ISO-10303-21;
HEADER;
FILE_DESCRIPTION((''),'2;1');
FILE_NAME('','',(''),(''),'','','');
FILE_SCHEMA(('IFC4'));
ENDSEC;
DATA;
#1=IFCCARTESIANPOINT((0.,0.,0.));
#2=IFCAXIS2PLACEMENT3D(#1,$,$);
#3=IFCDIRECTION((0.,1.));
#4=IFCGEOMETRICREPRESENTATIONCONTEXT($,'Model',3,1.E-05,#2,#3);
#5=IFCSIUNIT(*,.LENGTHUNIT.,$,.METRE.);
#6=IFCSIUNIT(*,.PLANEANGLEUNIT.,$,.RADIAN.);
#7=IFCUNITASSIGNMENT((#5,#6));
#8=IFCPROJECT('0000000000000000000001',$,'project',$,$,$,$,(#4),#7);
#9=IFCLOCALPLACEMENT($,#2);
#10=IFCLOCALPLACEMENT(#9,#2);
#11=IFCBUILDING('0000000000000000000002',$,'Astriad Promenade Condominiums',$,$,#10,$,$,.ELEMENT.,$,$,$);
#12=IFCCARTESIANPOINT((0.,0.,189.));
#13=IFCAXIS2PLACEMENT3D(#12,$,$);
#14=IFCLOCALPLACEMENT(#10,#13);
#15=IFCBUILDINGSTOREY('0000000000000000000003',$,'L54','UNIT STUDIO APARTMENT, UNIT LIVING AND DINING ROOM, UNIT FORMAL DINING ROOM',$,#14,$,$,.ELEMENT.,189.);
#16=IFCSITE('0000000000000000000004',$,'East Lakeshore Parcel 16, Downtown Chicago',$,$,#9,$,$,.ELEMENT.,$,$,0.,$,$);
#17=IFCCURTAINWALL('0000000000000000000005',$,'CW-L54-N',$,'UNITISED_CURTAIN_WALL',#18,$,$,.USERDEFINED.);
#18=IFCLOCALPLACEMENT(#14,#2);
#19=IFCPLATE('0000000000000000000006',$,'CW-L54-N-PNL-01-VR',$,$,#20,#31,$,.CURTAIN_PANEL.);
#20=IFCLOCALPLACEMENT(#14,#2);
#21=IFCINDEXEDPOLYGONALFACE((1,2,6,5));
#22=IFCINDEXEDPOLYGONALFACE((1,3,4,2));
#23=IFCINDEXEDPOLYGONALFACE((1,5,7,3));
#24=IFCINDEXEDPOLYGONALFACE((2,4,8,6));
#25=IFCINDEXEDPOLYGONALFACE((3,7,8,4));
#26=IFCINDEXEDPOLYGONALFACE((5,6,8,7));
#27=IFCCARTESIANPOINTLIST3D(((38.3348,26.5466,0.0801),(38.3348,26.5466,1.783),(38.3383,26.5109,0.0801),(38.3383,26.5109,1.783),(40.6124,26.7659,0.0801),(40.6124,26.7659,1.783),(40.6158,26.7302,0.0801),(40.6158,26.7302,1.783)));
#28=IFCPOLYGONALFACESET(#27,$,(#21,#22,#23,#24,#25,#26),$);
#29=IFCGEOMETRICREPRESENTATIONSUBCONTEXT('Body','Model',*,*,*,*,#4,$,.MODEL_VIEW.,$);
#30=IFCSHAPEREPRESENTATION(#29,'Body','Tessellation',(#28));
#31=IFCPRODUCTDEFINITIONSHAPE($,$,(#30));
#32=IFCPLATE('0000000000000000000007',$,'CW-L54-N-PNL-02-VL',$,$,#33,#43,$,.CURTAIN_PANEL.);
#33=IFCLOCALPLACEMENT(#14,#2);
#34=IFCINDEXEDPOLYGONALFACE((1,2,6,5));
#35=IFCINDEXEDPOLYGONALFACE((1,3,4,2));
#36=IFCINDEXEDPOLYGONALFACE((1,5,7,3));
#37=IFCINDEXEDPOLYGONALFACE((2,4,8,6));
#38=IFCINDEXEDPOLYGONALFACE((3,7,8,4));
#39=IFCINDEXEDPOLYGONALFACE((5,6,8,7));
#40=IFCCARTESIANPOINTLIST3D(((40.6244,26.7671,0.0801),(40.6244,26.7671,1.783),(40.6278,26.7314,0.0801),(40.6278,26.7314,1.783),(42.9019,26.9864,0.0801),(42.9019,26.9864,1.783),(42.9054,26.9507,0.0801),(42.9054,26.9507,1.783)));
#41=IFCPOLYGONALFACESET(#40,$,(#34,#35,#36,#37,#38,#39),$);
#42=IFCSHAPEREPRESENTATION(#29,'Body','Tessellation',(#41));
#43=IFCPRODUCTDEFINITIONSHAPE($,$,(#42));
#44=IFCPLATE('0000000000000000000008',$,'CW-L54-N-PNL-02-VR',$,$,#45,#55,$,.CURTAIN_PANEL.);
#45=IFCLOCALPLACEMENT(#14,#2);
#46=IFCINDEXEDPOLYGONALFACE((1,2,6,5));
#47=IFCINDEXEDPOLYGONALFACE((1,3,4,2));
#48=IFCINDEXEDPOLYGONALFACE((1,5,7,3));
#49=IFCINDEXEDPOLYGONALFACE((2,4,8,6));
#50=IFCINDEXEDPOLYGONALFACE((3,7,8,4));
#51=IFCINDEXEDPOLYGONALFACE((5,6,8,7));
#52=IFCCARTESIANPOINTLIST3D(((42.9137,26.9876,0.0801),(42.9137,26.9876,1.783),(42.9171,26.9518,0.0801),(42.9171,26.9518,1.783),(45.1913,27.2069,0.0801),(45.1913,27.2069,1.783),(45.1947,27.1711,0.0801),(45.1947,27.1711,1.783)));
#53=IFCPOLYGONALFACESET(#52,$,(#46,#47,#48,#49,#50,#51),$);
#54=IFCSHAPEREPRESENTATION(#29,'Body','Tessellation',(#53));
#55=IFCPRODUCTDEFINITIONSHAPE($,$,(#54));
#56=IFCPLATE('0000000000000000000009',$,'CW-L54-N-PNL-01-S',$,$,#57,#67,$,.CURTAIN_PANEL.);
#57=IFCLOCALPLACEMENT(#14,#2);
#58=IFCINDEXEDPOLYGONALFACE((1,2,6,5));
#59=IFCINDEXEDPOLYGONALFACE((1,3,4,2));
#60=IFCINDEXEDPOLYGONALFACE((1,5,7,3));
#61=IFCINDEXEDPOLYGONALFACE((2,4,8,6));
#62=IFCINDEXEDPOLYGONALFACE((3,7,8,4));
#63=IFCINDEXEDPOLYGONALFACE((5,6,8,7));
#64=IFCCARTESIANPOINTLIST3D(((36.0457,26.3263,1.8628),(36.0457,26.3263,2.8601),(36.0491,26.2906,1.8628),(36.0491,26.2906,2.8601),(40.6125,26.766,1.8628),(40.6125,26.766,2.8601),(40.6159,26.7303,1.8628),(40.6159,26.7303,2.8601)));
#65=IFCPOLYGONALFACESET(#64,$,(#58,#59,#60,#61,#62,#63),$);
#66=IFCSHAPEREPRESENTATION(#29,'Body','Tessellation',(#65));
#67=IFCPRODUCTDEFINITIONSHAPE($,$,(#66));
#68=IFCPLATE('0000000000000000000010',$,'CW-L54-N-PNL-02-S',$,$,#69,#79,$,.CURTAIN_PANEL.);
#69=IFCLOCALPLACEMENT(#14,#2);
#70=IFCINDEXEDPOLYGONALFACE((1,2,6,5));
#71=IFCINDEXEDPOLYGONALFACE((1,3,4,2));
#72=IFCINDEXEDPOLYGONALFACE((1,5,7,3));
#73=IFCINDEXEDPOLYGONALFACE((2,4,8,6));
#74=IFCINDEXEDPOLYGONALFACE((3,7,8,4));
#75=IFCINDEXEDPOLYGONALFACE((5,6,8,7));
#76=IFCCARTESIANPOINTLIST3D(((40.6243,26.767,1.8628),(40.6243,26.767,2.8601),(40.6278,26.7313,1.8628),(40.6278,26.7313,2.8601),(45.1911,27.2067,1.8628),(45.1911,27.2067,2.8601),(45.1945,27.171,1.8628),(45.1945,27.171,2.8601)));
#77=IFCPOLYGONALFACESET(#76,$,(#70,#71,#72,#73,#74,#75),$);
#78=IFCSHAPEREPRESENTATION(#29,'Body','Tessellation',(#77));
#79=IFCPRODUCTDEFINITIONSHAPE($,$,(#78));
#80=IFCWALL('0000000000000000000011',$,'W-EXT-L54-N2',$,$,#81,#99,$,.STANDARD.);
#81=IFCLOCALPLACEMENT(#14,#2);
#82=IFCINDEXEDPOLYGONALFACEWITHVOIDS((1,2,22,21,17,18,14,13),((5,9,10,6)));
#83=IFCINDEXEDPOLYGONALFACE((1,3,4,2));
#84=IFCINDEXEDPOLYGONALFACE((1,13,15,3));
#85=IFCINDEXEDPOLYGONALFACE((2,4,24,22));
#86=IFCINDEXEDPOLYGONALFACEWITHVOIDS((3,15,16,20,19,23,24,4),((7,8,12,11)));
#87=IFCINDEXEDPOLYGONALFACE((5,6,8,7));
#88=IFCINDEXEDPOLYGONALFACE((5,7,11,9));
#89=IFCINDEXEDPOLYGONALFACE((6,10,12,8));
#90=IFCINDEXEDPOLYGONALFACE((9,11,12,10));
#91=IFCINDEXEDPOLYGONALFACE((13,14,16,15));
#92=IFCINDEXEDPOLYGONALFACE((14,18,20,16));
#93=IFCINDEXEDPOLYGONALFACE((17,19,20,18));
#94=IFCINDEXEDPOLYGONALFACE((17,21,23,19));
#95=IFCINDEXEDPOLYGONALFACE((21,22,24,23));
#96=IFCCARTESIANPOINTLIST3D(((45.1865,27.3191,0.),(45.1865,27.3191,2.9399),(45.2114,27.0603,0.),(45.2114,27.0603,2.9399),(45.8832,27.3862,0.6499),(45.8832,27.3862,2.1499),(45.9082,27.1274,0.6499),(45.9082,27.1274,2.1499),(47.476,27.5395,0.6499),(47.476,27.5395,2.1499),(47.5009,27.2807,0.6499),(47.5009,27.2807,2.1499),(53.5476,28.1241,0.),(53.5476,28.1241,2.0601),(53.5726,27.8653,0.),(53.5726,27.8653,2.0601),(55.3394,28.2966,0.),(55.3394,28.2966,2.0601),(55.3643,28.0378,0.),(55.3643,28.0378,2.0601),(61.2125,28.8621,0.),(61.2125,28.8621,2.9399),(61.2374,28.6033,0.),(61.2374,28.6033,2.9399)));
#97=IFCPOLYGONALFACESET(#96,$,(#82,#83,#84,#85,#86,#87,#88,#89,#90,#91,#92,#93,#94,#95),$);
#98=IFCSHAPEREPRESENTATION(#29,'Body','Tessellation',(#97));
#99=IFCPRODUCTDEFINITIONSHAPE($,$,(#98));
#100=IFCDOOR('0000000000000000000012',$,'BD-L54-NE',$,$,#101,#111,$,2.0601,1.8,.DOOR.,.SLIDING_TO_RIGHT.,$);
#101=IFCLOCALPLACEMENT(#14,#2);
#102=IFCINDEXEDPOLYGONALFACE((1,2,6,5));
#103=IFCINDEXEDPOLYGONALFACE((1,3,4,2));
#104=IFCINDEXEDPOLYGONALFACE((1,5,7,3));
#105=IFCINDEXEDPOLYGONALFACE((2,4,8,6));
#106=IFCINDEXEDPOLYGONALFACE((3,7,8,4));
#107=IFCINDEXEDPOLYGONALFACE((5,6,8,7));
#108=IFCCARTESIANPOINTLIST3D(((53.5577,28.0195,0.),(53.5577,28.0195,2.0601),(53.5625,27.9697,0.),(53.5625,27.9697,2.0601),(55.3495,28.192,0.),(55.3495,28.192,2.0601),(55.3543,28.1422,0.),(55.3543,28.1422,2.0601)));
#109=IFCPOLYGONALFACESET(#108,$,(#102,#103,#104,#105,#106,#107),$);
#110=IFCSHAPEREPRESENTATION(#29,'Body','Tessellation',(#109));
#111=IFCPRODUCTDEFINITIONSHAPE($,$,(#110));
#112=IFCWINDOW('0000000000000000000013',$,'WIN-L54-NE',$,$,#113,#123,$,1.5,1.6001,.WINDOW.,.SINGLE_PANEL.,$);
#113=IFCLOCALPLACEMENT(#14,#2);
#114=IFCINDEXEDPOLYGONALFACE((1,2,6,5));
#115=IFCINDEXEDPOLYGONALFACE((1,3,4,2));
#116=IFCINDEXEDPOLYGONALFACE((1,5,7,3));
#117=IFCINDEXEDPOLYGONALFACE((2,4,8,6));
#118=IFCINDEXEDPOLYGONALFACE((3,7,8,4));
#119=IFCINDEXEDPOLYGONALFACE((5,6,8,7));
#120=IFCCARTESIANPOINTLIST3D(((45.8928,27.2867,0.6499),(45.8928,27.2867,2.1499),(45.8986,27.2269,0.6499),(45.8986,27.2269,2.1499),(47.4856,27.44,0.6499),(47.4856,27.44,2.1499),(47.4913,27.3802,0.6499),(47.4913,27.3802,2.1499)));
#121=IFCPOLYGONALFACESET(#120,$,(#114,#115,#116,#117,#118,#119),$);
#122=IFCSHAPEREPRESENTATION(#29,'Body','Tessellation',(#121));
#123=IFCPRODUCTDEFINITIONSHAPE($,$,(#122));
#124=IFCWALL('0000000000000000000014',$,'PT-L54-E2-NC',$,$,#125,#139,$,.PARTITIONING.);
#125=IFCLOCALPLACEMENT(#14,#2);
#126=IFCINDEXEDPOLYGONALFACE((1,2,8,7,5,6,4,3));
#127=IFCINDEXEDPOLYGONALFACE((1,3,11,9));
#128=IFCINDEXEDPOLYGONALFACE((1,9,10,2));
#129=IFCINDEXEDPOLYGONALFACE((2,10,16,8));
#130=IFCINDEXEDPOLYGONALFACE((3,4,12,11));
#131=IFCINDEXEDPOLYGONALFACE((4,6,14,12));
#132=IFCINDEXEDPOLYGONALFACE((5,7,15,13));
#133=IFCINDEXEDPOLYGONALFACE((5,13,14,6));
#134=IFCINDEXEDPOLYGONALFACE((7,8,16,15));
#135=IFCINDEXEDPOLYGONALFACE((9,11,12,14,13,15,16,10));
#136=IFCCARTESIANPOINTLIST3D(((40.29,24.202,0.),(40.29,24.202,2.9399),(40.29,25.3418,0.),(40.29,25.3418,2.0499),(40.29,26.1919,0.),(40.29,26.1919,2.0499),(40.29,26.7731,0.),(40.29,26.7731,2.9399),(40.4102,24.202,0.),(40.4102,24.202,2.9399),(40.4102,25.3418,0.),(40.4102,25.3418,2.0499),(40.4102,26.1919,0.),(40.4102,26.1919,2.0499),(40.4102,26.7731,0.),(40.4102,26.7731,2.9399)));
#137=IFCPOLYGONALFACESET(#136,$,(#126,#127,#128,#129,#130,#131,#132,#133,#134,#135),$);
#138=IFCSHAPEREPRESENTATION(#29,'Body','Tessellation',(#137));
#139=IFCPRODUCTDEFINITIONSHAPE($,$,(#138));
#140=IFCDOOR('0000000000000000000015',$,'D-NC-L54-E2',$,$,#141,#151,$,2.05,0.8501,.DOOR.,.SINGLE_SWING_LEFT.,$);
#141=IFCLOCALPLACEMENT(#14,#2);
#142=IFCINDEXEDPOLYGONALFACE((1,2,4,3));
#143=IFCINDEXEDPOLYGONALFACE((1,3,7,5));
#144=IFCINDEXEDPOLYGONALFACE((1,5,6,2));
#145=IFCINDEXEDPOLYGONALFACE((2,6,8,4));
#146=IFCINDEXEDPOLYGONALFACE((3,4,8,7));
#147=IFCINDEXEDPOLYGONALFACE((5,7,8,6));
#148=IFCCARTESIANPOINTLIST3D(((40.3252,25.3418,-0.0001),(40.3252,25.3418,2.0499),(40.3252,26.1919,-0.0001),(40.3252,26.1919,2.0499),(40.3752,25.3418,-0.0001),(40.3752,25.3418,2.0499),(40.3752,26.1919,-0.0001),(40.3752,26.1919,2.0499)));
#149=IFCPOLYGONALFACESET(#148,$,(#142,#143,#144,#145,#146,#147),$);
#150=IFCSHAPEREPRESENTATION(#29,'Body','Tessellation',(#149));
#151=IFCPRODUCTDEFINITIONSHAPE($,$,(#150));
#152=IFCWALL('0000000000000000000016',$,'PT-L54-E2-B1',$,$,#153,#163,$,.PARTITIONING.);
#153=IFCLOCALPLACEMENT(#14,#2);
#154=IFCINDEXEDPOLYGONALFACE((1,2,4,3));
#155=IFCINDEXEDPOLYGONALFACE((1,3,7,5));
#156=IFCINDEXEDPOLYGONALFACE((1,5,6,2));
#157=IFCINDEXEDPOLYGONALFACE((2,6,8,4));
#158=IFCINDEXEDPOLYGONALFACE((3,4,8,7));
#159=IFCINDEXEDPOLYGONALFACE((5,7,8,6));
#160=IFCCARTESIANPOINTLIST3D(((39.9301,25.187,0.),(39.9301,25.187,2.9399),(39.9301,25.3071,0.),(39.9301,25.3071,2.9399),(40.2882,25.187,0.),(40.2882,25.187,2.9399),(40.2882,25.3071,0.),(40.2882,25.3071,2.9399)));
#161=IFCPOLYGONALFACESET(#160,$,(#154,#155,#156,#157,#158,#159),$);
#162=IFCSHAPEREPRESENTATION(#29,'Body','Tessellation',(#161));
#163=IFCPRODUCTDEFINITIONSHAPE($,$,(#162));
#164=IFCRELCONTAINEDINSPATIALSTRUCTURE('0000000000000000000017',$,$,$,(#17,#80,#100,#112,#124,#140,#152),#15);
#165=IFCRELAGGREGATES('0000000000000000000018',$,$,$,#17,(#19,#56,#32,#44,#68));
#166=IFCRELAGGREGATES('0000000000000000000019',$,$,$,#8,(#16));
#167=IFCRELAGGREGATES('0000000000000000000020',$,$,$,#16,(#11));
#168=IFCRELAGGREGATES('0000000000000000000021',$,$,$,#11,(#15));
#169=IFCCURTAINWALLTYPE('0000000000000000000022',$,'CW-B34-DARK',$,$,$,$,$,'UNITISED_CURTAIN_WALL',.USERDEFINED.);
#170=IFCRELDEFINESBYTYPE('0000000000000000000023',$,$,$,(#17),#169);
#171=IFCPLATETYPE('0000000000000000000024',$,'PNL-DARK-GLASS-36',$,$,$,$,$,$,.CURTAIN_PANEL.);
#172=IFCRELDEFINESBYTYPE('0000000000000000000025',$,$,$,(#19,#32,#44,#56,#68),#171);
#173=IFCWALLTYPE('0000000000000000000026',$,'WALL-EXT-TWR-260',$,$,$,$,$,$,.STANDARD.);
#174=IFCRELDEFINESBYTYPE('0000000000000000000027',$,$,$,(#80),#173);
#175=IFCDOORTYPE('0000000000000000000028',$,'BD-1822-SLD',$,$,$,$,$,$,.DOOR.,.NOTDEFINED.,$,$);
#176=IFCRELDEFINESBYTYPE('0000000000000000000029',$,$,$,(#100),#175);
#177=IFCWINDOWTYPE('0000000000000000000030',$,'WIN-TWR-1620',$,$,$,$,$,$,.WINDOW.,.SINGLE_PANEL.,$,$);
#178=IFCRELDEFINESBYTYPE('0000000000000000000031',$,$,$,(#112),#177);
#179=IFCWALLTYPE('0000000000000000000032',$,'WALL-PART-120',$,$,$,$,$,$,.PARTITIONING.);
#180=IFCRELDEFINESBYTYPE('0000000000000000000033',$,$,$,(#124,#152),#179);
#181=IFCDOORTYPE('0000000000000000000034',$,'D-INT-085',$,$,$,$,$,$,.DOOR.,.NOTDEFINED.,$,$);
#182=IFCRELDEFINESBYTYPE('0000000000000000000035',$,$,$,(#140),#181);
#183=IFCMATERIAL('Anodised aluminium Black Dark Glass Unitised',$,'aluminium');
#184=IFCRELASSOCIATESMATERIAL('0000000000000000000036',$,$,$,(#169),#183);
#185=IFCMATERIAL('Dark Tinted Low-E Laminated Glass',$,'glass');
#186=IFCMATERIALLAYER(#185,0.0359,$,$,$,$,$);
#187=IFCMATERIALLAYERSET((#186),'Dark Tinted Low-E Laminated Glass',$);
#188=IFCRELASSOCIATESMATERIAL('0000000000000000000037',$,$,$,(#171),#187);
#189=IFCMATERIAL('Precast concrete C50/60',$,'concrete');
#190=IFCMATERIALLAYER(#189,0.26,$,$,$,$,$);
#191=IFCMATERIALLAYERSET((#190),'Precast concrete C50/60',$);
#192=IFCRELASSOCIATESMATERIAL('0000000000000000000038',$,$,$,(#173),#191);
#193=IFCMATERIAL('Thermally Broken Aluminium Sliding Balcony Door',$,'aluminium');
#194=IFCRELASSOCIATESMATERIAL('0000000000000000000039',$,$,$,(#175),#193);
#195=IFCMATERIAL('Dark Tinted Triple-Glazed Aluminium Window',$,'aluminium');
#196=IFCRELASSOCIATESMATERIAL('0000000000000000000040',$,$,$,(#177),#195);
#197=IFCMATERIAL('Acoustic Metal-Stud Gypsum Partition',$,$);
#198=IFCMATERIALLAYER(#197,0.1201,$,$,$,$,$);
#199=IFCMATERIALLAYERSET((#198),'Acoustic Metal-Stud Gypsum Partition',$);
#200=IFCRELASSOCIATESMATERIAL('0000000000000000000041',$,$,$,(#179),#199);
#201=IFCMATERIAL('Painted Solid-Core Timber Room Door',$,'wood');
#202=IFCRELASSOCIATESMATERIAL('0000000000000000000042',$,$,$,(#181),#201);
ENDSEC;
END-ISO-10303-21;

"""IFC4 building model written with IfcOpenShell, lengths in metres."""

from ifc_helpers import new_model, si_unit, direction, frame, frame_2d, origin, origin_2d, place, context, subcontext, project, spatial, rectangle, extrude, source, transform, mapped, material, layer, layer_set, type_object, type_shapes, element, fill, aggregate, save


model = new_model("IFC4")

# Units and contexts
model_context = context("Model", 3, precision=1e-05, world=origin(), true_north=direction((0.0, 1.0)))
body_context = subcontext(model_context, "Body", "Model", "MODEL_VIEW")
ifc_project = project(units=[si_unit("LENGTHUNIT", "METRE"), si_unit("PLANEANGLEUNIT", "RADIAN")], contexts=[model_context])

# Site, building, storey
site_placement = place(None, origin())
site = spatial("IfcSite", under=ifc_project, at=site_placement, Name="East Lakeshore Parcel 16, Downtown Chicago", CompositionType="ELEMENT", RefElevation=0.0)
building_placement = place(site_placement, origin())
building = spatial("IfcBuilding", under=site, at=building_placement, Name="Astriad Promenade Condominiums", CompositionType="ELEMENT")
storey_placement = place(building_placement, frame((0.0, 0.0, 189.0)))
storey = spatial("IfcBuildingStorey", under=building, at=storey_placement, Name="L54", Description="UNIT STUDIO APARTMENT, UNIT LIVING AND DINING ROOM, UNIT FORMAL DINING ROOM", CompositionType="ELEMENT", Elevation=189.0)

# Curtain wall, plates
ifc_material_1 = material(Name="Anodised aluminium Black Dark Glass Unitised", Category="aluminium")
curtain_wall_type = type_object("IfcCurtainWallType", Name="CW-B34-DARK", ElementType="UNITISED_CURTAIN_WALL", PredefinedType="USERDEFINED", material=ifc_material_1)
curtain_wall_placement = place(storey_placement, origin())
curtain_wall = element("IfcCurtainWall", 1, at=curtain_wall_placement, inside=storey, type_object=curtain_wall_type, Name="CW-L54-N", ObjectType="UNITISED_CURTAIN_WALL", PredefinedType="USERDEFINED")
ifc_material_2 = material(Name="Dark Tinted Low-E Laminated Glass", Category="glass")
ifc_layer_1 = layer(ifc_material_2, 0.0359)
ifc_layer_set_1 = layer_set([ifc_layer_1], Name="Dark Tinted Low-E Laminated Glass")
plate_type = type_object("IfcPlateType", Name="PNL-DARK-GLASS-36", PredefinedType="CURTAIN_PANEL", material=ifc_layer_set_1)
shared_shape_1 = source(origin(), body_context, "Body", "SweptSolid", [
    extrude(rectangle(XDim=2.2881, YDim=0.0359, at=origin_2d()), origin(), (0.0, 0.0, 1.0), 1.7029),
])
plate_1_placement = place(storey_placement, frame((39.4753, 26.6384, 0.0801), z_axis=(0.0, 0.0, 1.0), x_axis=(0.995396, 0.095846, 0.0)))
plate_1 = element("IfcPlate", 2, at=plate_1_placement, type_object=plate_type, Name="CW-L54-N-PNL-01-VR", PredefinedType="CURTAIN_PANEL", context=body_context, shape_type="MappedRepresentation", body=[
    mapped(shared_shape_1, transform((0.0, 0.0, 0.0), scale=1.0)),
])
plate_2_placement = place(storey_placement, frame((41.7649, 26.8589, 0.0801), z_axis=(0.0, 0.0, 1.0), x_axis=(0.995396, 0.095846, 0.0)))
plate_2 = element("IfcPlate", 3, at=plate_2_placement, type_object=plate_type, Name="CW-L54-N-PNL-02-VL", PredefinedType="CURTAIN_PANEL", context=body_context, shape_type="MappedRepresentation", body=[
    mapped(shared_shape_1, transform((0.0, 0.0, 0.0), scale=1.0)),
])
plate_3_placement = place(storey_placement, frame((44.0542, 27.0793, 0.0801), z_axis=(0.0, 0.0, 1.0), x_axis=(0.995396, 0.095846, 0.0)))
plate_3 = element("IfcPlate", 4, at=plate_3_placement, type_object=plate_type, Name="CW-L54-N-PNL-02-VR", PredefinedType="CURTAIN_PANEL", context=body_context, shape_type="MappedRepresentation", body=[
    mapped(shared_shape_1, transform((0.0, 0.0, 0.0), scale=1.0)),
])
shared_shape_2 = source(origin(), body_context, "Body", "SweptSolid", [
    extrude(rectangle(XDim=4.5879, YDim=0.0359, at=origin_2d()), origin(), (0.0, 0.0, 1.0), 0.9973),
])
type_shapes(plate_type, [shared_shape_1, shared_shape_2])
plate_4_placement = place(storey_placement, frame((38.3308, 26.5283, 1.8628), z_axis=(0.0, 0.0, 1.0), x_axis=(0.995396, 0.095846, 0.0)))
plate_4 = element("IfcPlate", 5, at=plate_4_placement, type_object=plate_type, Name="CW-L54-N-PNL-01-S", PredefinedType="CURTAIN_PANEL", context=body_context, shape_type="MappedRepresentation", body=[
    mapped(shared_shape_2, transform((0.0, 0.0, 0.0), scale=1.0)),
])
plate_5_placement = place(storey_placement, frame((42.9094, 26.969, 1.8628), z_axis=(0.0, 0.0, 1.0), x_axis=(0.995396, 0.095846, 0.0)))
plate_5 = element("IfcPlate", 6, at=plate_5_placement, type_object=plate_type, Name="CW-L54-N-PNL-02-S", PredefinedType="CURTAIN_PANEL", context=body_context, shape_type="MappedRepresentation", body=[
    mapped(shared_shape_2, transform((0.0, 0.0, 0.0), scale=1.0)),
])
aggregate(curtain_wall, [plate_1, plate_4, plate_2, plate_3, plate_5])

# Wall, openings, door, window
ifc_material_3 = material(Name="Precast concrete C50/60", Category="concrete")
ifc_layer_2 = layer(ifc_material_3, 0.26)
ifc_layer_set_2 = layer_set([ifc_layer_2], Name="Precast concrete C50/60")
wall_type_1 = type_object("IfcWallType", Name="WALL-EXT-TWR-260", PredefinedType="STANDARD", material=ifc_layer_set_2)
wall_1_placement = place(storey_placement, frame((45.199, 27.1897, 0.0), z_axis=(0.0, 0.0, 1.0), x_axis=(0.995397, 0.095837, 0.0)))
wall_1 = element("IfcWall", 7, at=wall_1_placement, inside=storey, type_object=wall_type_1, Name="W-EXT-L54-N2", PredefinedType="STANDARD", context=body_context, shape_type="SweptSolid", body=[
    extrude(rectangle(XDim=16.1001, YDim=0.26, at=frame_2d((8.05, 0.0))), origin(), (0.0, 0.0, 1.0), 2.9399),
])
opening_1_placement = place(wall_1_placement, frame((8.3999, 0.0, 0.0)))
opening_1 = element("IfcOpeningElement", 8, at=opening_1_placement, cuts=wall_1, PredefinedType="OPENING", context=body_context, shape_type="SweptSolid", body=[
    extrude(rectangle(XDim=1.8, YDim=2.0601, at=frame_2d((0.8999, 1.03))), frame((0.0, 0.1399, 0.0), z_axis=(0.0, -1.0, 0.0), x_axis=(1.0, 0.0, 0.0)), (0.0, 0.0, 1.0), 0.28),
])
opening_2_placement = place(wall_1_placement, frame((0.7, 0.0, 0.6499)))
opening_2 = element("IfcOpeningElement", 9, at=opening_2_placement, cuts=wall_1, PredefinedType="OPENING", context=body_context, shape_type="SweptSolid", body=[
    extrude(rectangle(XDim=1.6001, YDim=1.5, at=frame_2d((0.8, 0.75))), frame((0.0, 0.1399, 0.0), z_axis=(0.0, -1.0, 0.0), x_axis=(1.0, 0.0, 0.0)), (0.0, 0.0, 1.0), 0.28),
])
ifc_material_4 = material(Name="Thermally Broken Aluminium Sliding Balcony Door", Category="aluminium")
door_type_1 = type_object("IfcDoorType", Name="BD-1822-SLD", OperationType="NOTDEFINED", PredefinedType="DOOR", material=ifc_material_4)
shared_shape_3 = source(origin(), body_context, "Body", "SweptSolid", [
    extrude(rectangle(XDim=1.8, YDim=2.0601, at=frame_2d((0.8999, 1.03))), frame((0.0, 0.0249, 0.0), z_axis=(0.0, -1.0, 0.0), x_axis=(1.0, 0.0, 0.0)), (0.0, 0.0, 1.0), 0.05),
])
type_shapes(door_type_1, [shared_shape_3])
door_1_placement = place(opening_1_placement, origin())
door_1 = element("IfcDoor", 10, at=door_1_placement, inside=storey, type_object=door_type_1, Name="BD-L54-NE", OperationType="SLIDING_TO_RIGHT", OverallHeight=2.0601, OverallWidth=1.8, PredefinedType="DOOR", context=body_context, shape_type="MappedRepresentation", body=[
    mapped(shared_shape_3, transform((0.0, 0.0, 0.0), scale=1.0)),
])
fill(opening_1, door_1)
ifc_material_5 = material(Name="Dark Tinted Triple-Glazed Aluminium Window", Category="aluminium")
window_type = type_object("IfcWindowType", Name="WIN-TWR-1620", PartitioningType="SINGLE_PANEL", PredefinedType="WINDOW", material=ifc_material_5)
shared_shape_4 = source(origin(), body_context, "Body", "SweptSolid", [
    extrude(rectangle(XDim=1.6001, YDim=1.5, at=frame_2d((0.8, 0.75))), frame((0.0, 0.03, 0.0), z_axis=(0.0, -1.0, 0.0), x_axis=(1.0, 0.0, 0.0)), (0.0, 0.0, 1.0), 0.0601),
])
type_shapes(window_type, [shared_shape_4])
window_placement = place(opening_2_placement, origin())
window = element("IfcWindow", 11, at=window_placement, inside=storey, type_object=window_type, Name="WIN-L54-NE", OverallHeight=1.5, OverallWidth=1.6001, PartitioningType="SINGLE_PANEL", PredefinedType="WINDOW", context=body_context, shape_type="MappedRepresentation", body=[
    mapped(shared_shape_4, transform((0.0, 0.0, 0.0), scale=1.0)),
])
fill(opening_2, window)

# Wall, opening, door
ifc_material_6 = material(Name="Acoustic Metal-Stud Gypsum Partition")
ifc_layer_3 = layer(ifc_material_6, 0.1201)
ifc_layer_set_3 = layer_set([ifc_layer_3], Name="Acoustic Metal-Stud Gypsum Partition")
wall_type_2 = type_object("IfcWallType", Name="WALL-PART-120", PredefinedType="PARTITIONING", material=ifc_layer_set_3)
wall_2_placement = place(storey_placement, frame((40.3501, 24.2019, 0.0), z_axis=(0.0, 0.0, 1.0), x_axis=(0.0, 1.0, 0.0)))
wall_2 = element("IfcWall", 12, at=wall_2_placement, inside=storey, type_object=wall_type_2, Name="PT-L54-E2-NC", PredefinedType="PARTITIONING", context=body_context, shape_type="SweptSolid", body=[
    extrude(rectangle(XDim=2.571, YDim=0.1201, at=frame_2d((1.2856, 0.0))), origin(), (0.0, 0.0, 1.0), 2.9399),
])
opening_3_placement = place(wall_2_placement, frame((1.1399, 0.0, 0.0)))
opening_3 = element("IfcOpeningElement", 13, at=opening_3_placement, cuts=wall_2, PredefinedType="OPENING", context=body_context, shape_type="SweptSolid", body=[
    extrude(rectangle(XDim=0.8501, YDim=2.05, at=frame_2d((0.425, 1.0249))), frame((0.0, 0.0701, 0.0), z_axis=(0.0, -1.0, 0.0), x_axis=(1.0, 0.0, 0.0)), (0.0, 0.0, 1.0), 0.1401),
])
ifc_material_7 = material(Name="Painted Solid-Core Timber Room Door", Category="wood")
door_type_2 = type_object("IfcDoorType", Name="D-INT-085", OperationType="NOTDEFINED", PredefinedType="DOOR", material=ifc_material_7)
shared_shape_5 = source(origin(), body_context, "Body", "SweptSolid", [
    extrude(rectangle(XDim=0.8501, YDim=2.05, at=frame_2d((0.425, 1.0249))), frame((0.0, 0.0249, 0.0), z_axis=(0.0, -1.0, 0.0), x_axis=(1.0, 0.0, 0.0)), (0.0, 0.0, 1.0), 0.05),
])
type_shapes(door_type_2, [shared_shape_5])
door_2_placement = place(opening_3_placement, origin())
door_2 = element("IfcDoor", 14, at=door_2_placement, inside=storey, type_object=door_type_2, Name="D-NC-L54-E2", OperationType="SINGLE_SWING_LEFT", OverallHeight=2.05, OverallWidth=0.8501, PredefinedType="DOOR", context=body_context, shape_type="MappedRepresentation", body=[
    mapped(shared_shape_5, transform((0.0, 0.0, 0.0), scale=1.0)),
])
fill(opening_3, door_2)

# Wall
wall_3_placement = place(storey_placement, frame((39.9299, 25.2471, 0.0), z_axis=(0.0, 0.0, 1.0), x_axis=(1.0, 0.0, 0.0)))
element("IfcWall", 15, at=wall_3_placement, inside=storey, type_object=wall_type_2, Name="PT-L54-E2-B1", PredefinedType="PARTITIONING", context=body_context, shape_type="SweptSolid", body=[
    extrude(rectangle(XDim=0.3582, YDim=0.1201, at=frame_2d((0.1792, 0.0))), origin(), (0.0, 0.0, 1.0), 2.9399),
])

save(model, "model.ifc")
